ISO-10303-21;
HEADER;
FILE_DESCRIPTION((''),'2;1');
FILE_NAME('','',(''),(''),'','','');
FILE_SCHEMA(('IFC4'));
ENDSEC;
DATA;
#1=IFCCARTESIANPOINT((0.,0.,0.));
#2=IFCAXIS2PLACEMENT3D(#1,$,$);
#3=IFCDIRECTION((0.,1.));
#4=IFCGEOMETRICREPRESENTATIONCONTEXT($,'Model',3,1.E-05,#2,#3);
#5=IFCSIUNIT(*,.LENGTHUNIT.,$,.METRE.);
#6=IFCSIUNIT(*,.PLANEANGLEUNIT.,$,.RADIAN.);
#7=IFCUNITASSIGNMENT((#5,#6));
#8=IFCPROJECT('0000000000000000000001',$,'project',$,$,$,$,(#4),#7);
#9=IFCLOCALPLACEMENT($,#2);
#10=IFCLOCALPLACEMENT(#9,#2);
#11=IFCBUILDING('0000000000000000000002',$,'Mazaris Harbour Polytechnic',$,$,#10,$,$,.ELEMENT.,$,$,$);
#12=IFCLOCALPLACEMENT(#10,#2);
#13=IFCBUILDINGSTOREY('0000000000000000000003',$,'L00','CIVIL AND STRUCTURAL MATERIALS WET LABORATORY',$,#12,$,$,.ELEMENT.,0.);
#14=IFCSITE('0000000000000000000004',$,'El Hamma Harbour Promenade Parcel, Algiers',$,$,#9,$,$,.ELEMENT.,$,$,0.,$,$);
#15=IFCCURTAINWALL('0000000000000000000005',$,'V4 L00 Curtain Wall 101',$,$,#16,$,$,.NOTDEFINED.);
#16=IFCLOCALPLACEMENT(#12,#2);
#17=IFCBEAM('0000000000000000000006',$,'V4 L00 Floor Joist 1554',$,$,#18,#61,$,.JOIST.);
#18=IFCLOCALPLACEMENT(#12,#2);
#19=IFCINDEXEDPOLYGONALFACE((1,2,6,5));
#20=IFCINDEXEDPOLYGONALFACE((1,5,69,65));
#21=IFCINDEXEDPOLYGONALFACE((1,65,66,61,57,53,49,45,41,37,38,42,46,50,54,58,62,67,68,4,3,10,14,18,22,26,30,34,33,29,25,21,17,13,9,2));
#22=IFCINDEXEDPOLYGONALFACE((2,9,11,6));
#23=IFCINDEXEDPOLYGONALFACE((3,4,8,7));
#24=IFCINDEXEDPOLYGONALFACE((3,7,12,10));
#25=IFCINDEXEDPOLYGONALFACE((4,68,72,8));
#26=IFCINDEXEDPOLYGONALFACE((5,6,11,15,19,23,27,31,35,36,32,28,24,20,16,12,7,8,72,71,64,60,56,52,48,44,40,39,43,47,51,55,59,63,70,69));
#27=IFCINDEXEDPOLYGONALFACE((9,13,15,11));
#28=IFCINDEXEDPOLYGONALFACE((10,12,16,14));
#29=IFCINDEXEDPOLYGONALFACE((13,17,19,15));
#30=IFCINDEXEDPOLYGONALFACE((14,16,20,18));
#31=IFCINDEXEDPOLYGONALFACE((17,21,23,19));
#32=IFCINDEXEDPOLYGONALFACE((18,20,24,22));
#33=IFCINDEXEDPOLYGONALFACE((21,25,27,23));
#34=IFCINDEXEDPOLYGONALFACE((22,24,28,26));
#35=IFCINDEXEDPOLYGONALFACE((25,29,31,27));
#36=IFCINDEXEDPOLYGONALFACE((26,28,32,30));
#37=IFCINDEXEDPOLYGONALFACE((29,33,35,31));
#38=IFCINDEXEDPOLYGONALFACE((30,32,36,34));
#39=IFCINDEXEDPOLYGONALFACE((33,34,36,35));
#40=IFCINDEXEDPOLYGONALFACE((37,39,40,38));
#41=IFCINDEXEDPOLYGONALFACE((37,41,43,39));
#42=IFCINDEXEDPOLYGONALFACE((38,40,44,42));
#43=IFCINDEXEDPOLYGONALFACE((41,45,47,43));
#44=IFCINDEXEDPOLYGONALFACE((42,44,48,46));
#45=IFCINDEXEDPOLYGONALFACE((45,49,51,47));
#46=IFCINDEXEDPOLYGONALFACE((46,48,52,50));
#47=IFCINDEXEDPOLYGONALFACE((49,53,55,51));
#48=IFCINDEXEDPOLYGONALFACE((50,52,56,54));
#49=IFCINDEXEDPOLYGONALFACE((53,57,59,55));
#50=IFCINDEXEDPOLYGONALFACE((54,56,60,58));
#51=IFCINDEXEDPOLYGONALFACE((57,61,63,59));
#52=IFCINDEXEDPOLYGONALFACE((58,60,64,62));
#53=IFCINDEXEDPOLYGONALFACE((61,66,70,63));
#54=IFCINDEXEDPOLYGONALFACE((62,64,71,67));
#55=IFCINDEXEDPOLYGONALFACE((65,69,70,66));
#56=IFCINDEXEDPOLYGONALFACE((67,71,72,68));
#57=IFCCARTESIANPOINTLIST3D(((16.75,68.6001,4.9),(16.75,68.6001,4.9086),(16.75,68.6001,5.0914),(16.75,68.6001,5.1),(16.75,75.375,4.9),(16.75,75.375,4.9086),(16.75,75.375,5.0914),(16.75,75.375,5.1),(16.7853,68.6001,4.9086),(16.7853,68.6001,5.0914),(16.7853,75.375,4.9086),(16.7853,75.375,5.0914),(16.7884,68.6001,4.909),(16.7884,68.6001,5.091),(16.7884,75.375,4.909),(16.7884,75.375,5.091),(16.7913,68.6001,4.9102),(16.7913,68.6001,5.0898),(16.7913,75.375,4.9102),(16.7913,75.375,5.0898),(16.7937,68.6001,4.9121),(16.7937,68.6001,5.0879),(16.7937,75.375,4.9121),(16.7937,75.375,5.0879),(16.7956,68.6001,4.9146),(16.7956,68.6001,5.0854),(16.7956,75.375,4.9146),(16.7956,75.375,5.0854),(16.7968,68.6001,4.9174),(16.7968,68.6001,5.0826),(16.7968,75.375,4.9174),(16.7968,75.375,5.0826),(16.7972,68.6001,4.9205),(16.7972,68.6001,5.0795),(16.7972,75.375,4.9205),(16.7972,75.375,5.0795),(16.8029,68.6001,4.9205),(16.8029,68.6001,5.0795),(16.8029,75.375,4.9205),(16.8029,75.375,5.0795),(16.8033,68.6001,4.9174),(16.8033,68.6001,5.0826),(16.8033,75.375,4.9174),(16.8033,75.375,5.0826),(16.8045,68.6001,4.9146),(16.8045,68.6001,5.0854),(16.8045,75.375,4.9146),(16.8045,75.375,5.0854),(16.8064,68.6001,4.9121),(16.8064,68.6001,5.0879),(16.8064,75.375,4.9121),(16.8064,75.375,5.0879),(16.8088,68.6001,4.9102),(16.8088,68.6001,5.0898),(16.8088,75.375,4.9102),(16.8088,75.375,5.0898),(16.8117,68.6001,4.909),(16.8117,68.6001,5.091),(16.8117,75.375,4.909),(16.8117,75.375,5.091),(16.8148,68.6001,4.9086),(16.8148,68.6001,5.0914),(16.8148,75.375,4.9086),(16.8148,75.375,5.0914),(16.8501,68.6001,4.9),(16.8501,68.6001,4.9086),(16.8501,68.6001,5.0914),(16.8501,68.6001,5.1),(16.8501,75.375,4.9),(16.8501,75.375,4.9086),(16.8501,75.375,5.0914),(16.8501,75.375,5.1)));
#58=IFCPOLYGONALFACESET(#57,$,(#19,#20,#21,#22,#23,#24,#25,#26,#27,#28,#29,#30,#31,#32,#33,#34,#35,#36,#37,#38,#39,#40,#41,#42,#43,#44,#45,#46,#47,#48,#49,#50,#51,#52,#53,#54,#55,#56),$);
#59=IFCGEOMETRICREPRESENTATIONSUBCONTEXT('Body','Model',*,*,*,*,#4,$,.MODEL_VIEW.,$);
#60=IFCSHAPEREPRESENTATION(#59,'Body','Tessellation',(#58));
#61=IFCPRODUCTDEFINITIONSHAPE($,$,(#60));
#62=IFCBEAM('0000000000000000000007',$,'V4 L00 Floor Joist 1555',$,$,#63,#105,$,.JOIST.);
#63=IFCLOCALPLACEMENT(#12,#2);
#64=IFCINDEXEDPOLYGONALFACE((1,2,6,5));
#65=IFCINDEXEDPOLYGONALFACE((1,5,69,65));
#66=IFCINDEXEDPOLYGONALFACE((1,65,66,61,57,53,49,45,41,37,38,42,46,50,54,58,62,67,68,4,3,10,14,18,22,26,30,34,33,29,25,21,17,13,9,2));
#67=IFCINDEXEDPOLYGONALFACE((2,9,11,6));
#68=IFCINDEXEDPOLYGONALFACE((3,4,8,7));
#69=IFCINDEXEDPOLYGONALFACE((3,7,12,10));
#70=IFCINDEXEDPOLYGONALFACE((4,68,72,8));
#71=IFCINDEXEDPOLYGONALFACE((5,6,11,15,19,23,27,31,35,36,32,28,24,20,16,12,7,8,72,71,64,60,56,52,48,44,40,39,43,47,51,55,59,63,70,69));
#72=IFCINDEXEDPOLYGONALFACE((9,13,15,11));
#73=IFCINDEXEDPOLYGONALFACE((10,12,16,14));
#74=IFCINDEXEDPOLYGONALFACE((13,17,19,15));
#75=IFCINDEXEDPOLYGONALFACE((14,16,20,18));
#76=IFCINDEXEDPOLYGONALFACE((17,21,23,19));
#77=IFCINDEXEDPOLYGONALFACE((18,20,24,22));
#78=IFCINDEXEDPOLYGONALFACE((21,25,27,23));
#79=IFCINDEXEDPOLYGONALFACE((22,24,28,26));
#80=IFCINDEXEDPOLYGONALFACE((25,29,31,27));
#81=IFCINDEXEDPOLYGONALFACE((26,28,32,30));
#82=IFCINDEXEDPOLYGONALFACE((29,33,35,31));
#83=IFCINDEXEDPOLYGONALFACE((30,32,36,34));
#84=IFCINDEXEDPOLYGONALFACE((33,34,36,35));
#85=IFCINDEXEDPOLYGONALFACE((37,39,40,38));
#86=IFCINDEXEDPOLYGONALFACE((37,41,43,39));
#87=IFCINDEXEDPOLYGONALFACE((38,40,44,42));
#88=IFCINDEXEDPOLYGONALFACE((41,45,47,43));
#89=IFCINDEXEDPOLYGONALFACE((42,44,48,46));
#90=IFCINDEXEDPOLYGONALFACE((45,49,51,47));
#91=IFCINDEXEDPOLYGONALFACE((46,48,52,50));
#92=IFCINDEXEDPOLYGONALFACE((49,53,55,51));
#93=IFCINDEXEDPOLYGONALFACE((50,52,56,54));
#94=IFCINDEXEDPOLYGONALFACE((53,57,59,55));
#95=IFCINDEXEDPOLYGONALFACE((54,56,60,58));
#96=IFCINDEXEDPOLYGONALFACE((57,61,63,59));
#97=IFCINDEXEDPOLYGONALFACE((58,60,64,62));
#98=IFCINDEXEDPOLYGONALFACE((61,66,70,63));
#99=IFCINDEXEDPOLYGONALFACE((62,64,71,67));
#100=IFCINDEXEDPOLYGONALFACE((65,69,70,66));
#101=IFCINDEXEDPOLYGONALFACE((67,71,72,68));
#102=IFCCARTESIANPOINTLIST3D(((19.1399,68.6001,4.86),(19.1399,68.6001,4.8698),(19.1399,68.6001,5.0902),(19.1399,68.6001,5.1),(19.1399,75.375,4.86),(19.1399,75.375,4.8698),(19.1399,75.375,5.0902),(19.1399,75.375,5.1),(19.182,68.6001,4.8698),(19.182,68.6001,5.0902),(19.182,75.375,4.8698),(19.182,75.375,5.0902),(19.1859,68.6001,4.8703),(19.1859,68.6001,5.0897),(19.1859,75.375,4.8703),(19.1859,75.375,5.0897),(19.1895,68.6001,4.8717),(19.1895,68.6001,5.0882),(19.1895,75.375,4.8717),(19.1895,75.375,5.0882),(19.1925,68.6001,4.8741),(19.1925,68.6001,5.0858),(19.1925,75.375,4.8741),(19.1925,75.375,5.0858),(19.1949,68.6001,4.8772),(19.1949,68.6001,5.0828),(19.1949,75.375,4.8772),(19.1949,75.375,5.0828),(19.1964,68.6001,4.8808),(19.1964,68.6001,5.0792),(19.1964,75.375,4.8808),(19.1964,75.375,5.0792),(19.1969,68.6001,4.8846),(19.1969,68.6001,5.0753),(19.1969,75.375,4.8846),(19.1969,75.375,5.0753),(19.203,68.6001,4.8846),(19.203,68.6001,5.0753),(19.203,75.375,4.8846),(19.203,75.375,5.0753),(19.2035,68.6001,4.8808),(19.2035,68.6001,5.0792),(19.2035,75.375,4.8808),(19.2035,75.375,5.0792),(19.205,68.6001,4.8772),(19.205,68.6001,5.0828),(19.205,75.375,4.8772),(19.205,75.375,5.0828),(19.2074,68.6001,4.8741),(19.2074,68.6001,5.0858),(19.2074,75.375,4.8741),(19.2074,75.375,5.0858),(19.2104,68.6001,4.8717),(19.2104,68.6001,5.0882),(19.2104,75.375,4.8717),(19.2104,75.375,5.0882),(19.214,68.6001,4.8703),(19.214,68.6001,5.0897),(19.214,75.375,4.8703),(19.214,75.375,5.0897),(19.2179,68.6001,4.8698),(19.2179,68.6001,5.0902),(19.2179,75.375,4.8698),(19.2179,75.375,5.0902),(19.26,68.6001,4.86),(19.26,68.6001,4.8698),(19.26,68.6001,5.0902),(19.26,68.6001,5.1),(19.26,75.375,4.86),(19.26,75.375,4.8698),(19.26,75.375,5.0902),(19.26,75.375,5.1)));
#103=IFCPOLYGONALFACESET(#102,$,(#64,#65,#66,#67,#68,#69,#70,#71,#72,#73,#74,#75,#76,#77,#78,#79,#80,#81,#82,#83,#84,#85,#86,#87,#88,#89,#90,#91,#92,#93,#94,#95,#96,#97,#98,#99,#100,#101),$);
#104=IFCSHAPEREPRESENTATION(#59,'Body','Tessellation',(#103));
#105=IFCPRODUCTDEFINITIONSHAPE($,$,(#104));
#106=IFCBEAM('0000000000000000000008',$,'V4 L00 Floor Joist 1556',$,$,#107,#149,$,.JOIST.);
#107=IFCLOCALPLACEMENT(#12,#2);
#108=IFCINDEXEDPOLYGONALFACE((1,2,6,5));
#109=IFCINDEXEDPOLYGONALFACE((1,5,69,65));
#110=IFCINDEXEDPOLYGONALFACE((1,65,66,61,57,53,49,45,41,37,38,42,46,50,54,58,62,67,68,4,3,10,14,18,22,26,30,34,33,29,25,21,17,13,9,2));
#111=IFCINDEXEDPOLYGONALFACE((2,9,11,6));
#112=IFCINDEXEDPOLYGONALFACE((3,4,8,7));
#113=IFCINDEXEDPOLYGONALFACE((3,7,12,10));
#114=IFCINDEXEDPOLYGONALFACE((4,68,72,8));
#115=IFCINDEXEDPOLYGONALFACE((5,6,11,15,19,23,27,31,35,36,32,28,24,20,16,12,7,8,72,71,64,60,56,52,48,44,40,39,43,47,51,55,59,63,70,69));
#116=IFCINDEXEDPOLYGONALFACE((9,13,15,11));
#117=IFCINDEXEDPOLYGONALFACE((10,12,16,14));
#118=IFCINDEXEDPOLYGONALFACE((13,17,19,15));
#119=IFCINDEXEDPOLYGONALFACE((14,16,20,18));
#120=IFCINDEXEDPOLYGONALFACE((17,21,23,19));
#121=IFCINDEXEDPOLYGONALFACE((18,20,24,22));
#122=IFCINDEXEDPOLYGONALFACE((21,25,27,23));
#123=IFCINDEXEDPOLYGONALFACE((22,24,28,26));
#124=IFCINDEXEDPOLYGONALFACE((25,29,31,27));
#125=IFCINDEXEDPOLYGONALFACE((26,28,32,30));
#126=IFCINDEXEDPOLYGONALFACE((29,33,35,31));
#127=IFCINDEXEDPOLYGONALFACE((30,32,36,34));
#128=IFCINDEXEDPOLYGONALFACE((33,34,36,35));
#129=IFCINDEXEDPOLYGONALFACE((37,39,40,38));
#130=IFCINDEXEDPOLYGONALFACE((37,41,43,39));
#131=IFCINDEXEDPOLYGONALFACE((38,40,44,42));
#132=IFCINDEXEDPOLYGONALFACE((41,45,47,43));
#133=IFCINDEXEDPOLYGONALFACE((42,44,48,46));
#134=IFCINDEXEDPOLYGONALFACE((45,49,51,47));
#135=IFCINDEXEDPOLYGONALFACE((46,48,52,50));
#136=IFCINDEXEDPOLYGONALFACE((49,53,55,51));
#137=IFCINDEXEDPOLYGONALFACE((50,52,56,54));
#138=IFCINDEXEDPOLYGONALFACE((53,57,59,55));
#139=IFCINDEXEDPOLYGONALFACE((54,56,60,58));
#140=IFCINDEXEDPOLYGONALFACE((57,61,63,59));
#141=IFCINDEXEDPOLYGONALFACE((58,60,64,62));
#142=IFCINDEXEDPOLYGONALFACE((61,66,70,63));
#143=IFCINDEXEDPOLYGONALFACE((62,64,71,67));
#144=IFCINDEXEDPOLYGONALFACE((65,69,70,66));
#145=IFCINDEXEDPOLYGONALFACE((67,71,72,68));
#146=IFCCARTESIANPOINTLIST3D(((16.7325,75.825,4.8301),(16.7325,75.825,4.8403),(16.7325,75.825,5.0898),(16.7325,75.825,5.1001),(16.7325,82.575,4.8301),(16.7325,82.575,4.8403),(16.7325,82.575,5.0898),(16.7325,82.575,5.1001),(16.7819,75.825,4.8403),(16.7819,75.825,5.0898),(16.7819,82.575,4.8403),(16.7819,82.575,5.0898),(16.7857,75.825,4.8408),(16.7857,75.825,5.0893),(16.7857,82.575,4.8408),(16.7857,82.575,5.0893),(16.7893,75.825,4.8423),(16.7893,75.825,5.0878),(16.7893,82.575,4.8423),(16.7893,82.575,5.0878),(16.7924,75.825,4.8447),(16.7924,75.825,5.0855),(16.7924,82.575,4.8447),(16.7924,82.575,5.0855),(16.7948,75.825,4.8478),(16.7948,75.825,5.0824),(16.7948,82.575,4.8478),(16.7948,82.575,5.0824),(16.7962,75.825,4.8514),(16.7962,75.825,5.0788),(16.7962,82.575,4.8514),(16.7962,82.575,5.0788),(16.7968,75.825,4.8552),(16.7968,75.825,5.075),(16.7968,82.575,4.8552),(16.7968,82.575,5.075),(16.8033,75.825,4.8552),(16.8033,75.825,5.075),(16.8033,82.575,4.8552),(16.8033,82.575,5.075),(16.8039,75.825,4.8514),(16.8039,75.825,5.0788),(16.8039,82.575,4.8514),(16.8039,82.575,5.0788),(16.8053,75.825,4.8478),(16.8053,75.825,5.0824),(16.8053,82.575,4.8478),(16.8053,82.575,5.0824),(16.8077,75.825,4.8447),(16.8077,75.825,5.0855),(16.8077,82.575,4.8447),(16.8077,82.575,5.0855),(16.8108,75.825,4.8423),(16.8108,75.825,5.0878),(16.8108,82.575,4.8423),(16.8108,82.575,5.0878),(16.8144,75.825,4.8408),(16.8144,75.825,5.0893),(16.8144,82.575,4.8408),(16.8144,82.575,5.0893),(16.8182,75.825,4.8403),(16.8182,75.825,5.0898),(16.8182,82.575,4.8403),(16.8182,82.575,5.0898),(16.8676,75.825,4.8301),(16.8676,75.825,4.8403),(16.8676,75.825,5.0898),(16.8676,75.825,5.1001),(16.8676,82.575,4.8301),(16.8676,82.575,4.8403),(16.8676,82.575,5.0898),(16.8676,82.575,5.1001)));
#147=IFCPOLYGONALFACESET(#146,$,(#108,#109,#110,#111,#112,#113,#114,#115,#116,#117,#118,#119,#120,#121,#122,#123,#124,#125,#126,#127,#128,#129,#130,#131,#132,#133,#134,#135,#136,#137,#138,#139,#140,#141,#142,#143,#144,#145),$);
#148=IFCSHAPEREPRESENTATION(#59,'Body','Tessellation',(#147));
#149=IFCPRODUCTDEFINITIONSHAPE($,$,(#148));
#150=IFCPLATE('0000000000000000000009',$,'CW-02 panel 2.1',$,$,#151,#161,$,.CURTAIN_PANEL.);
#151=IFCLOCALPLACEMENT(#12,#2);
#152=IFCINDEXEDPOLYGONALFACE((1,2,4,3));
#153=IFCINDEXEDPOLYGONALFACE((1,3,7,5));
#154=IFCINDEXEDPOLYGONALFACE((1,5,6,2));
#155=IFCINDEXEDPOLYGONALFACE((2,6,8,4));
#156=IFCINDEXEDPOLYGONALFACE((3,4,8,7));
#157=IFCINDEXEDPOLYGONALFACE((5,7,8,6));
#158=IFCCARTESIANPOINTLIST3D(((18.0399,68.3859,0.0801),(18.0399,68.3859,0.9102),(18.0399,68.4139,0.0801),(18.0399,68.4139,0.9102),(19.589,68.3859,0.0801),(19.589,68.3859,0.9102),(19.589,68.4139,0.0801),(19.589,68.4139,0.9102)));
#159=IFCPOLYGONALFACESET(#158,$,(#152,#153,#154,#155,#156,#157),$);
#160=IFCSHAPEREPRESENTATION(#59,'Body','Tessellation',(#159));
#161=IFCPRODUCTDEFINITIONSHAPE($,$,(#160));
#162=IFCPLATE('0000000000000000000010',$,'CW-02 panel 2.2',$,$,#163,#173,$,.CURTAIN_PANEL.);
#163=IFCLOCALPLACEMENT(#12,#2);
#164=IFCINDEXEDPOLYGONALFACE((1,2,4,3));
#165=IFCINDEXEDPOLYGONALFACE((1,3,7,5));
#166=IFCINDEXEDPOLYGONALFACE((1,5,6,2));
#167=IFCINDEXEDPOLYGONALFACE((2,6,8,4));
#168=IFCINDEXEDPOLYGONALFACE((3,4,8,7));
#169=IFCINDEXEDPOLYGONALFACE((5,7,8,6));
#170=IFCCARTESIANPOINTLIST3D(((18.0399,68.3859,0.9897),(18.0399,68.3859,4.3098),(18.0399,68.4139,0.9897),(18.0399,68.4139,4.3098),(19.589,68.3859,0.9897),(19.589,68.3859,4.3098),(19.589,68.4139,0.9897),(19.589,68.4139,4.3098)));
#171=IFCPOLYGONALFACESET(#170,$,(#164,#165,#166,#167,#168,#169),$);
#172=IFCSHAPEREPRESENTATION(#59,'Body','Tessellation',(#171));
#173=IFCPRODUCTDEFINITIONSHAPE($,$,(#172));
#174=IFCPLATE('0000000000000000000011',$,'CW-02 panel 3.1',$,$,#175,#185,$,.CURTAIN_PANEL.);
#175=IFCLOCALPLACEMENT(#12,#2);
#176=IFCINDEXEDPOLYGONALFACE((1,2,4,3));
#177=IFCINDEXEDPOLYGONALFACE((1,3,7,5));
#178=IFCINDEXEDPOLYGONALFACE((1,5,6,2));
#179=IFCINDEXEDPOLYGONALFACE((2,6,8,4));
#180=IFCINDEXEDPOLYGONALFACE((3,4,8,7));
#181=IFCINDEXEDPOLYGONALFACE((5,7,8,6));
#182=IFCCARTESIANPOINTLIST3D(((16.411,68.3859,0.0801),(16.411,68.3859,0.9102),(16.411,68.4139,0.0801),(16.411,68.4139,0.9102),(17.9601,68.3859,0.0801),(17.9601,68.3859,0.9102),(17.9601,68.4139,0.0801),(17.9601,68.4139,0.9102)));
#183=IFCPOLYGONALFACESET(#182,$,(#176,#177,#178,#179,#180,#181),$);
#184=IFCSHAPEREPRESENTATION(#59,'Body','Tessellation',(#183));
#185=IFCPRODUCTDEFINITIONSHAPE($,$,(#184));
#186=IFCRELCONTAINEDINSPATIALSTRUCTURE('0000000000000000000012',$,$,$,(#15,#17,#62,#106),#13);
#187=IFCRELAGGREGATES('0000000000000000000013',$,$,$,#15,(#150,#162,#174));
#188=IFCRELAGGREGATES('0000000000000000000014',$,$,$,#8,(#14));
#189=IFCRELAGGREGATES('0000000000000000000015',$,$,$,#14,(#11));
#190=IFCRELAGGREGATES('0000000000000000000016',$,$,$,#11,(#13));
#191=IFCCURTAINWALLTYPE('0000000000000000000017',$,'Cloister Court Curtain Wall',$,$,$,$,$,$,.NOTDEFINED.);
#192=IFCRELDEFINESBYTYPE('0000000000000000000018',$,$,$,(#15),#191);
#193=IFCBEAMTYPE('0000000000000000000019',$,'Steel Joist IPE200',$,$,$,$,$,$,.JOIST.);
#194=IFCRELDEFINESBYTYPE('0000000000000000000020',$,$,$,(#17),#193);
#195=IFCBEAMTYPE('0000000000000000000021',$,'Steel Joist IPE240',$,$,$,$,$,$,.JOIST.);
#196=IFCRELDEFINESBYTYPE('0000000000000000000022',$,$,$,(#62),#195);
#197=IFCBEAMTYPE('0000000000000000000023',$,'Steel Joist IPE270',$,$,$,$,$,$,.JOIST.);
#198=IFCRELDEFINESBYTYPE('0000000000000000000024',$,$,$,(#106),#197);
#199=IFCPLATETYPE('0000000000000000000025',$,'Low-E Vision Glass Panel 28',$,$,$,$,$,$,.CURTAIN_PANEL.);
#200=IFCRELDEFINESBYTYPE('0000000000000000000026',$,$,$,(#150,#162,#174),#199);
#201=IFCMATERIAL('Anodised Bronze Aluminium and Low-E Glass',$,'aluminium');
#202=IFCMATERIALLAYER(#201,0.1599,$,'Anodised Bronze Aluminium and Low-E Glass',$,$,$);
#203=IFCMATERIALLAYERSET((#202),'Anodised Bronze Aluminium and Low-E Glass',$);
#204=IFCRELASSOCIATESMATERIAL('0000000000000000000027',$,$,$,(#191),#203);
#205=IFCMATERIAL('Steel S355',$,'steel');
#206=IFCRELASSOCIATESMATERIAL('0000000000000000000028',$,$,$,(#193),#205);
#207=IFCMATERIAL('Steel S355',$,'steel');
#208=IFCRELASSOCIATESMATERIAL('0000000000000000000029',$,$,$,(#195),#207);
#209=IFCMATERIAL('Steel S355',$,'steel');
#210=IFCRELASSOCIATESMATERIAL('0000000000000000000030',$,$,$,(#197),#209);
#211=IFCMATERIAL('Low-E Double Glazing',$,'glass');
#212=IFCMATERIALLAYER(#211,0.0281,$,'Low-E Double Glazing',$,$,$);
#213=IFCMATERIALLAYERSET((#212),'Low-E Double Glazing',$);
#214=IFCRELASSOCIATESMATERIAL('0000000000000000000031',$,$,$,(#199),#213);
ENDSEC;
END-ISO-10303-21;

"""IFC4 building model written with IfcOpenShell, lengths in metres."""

from ifc_helpers import new_model, si_unit, direction, frame, origin, origin_2d, place, context, subcontext, project, spatial, rectangle, i_section, extrude, material, layer, layer_set, material_profile, profile_set, type_object, element, aggregate, save


model = new_model("IFC4")

# Units and contexts
model_context = context("Model", 3, precision=1e-05, world=origin(), true_north=direction((0.0, 1.0)))
body_context = subcontext(model_context, "Body", "Model", "MODEL_VIEW")
ifc_project = project(units=[si_unit("LENGTHUNIT", "METRE"), si_unit("PLANEANGLEUNIT", "RADIAN")], contexts=[model_context])

# Site, building, storey
site_placement = place(None, origin())
site = spatial("IfcSite", under=ifc_project, at=site_placement, Name="El Hamma Harbour Promenade Parcel, Algiers", CompositionType="ELEMENT", RefElevation=0.0)
building_placement = place(site_placement, origin())
building = spatial("IfcBuilding", under=site, at=building_placement, Name="Mazaris Harbour Polytechnic", CompositionType="ELEMENT")
storey_placement = place(building_placement, origin())
storey = spatial("IfcBuildingStorey", under=building, at=storey_placement, Name="L00", Description="CIVIL AND STRUCTURAL MATERIALS WET LABORATORY", CompositionType="ELEMENT", Elevation=0.0)

# Curtain wall
ifc_material_1 = material(Name="Anodised Bronze Aluminium and Low-E Glass", Category="aluminium")
ifc_layer_1 = layer(ifc_material_1, 0.1599, Name="Anodised Bronze Aluminium and Low-E Glass")
ifc_layer_set_1 = layer_set([ifc_layer_1], Name="Anodised Bronze Aluminium and Low-E Glass")
curtain_wall_type = type_object("IfcCurtainWallType", Name="Cloister Court Curtain Wall", PredefinedType="NOTDEFINED", material=ifc_layer_set_1)
curtain_wall_1_placement = place(storey_placement, origin())
curtain_wall_1 = element("IfcCurtainWall", 1, at=curtain_wall_1_placement, inside=storey, type_object=curtain_wall_type, Name="V4 L00 Curtain Wall 101", PredefinedType="NOTDEFINED")

# Beams
ifc_material_2 = material(Name="Steel S355", Category="steel")
ifc_material_profile_1 = material_profile(ifc_material_2, i_section(OverallWidth=0.1001, OverallDepth=0.2, WebThickness=0.0056, FlangeThickness=0.0085, FilletRadius=0.012, at=origin_2d()), Name="IPE 200")
ifc_profile_set_1 = profile_set([ifc_material_profile_1], Name="Steel S355")
beam_type_1 = type_object("IfcBeamType", Name="Steel Joist IPE200", PredefinedType="JOIST", material=ifc_profile_set_1)
beam_1_placement = place(storey_placement, frame((16.8, 68.6001, 5.0), z_axis=(0.0, 1.0, 0.0), x_axis=(-1.0, 0.0, 0.0)))
element("IfcBeam", 2, at=beam_1_placement, inside=storey, type_object=beam_type_1, Name="V4 L00 Floor Joist 1554", PredefinedType="JOIST", context=body_context, shape_type="SweptSolid", body=[
    extrude(i_section(OverallWidth=0.1001, OverallDepth=0.2, WebThickness=0.0056, FlangeThickness=0.0085, FilletRadius=0.012, at=origin_2d()), origin(), (0.0, 0.0, 1.0), 6.7749),
])
ifc_material_3 = material(Name="Steel S355", Category="steel")
ifc_material_profile_2 = material_profile(ifc_material_3, i_section(OverallWidth=0.1201, OverallDepth=0.24, WebThickness=0.0061, FlangeThickness=0.0098, FilletRadius=0.0149, at=origin_2d()), Name="IPE 240")
ifc_profile_set_2 = profile_set([ifc_material_profile_2], Name="Steel S355")
beam_type_2 = type_object("IfcBeamType", Name="Steel Joist IPE240", PredefinedType="JOIST", material=ifc_profile_set_2)
beam_2_placement = place(storey_placement, frame((19.2, 68.6001, 4.98), z_axis=(0.0, 1.0, 0.0), x_axis=(-1.0, 0.0, 0.0)))
element("IfcBeam", 3, at=beam_2_placement, inside=storey, type_object=beam_type_2, Name="V4 L00 Floor Joist 1555", PredefinedType="JOIST", context=body_context, shape_type="SweptSolid", body=[
    extrude(i_section(OverallWidth=0.1201, OverallDepth=0.24, WebThickness=0.0061, FlangeThickness=0.0098, FilletRadius=0.0149, at=origin_2d()), origin(), (0.0, 0.0, 1.0), 6.7749),
])
ifc_material_4 = material(Name="Steel S355", Category="steel")
ifc_material_profile_3 = material_profile(ifc_material_4, i_section(OverallWidth=0.135, OverallDepth=0.27, WebThickness=0.0066, FlangeThickness=0.0103, FilletRadius=0.0149, at=origin_2d()), Name="IPE 270")
ifc_profile_set_3 = profile_set([ifc_material_profile_3], Name="Steel S355")
beam_type_3 = type_object("IfcBeamType", Name="Steel Joist IPE270", PredefinedType="JOIST", material=ifc_profile_set_3)
beam_3_placement = place(storey_placement, frame((16.8, 75.825, 4.9651), z_axis=(0.0, 1.0, 0.0), x_axis=(-1.0, 0.0, 0.0)))
element("IfcBeam", 4, at=beam_3_placement, inside=storey, type_object=beam_type_3, Name="V4 L00 Floor Joist 1556", PredefinedType="JOIST", context=body_context, shape_type="SweptSolid", body=[
    extrude(i_section(OverallWidth=0.135, OverallDepth=0.27, WebThickness=0.0066, FlangeThickness=0.0103, FilletRadius=0.0149, at=origin_2d()), origin(), (0.0, 0.0, 1.0), 6.75),
])

# Plates
ifc_material_5 = material(Name="Low-E Double Glazing", Category="glass")
ifc_layer_2 = layer(ifc_material_5, 0.0281, Name="Low-E Double Glazing")
ifc_layer_set_2 = layer_set([ifc_layer_2], Name="Low-E Double Glazing")
plate_type = type_object("IfcPlateType", Name="Low-E Vision Glass Panel 28", PredefinedType="CURTAIN_PANEL", material=ifc_layer_set_2)
plate_1_placement = place(storey_placement, frame((18.8145, 68.3999, 0.0801), z_axis=(0.0, 0.0, 1.0), x_axis=(-1.0, 0.0, 0.0)))
plate_1 = element("IfcPlate", 5, at=plate_1_placement, type_object=plate_type, Name="CW-02 panel 2.1", PredefinedType="CURTAIN_PANEL", context=body_context, shape_type="SweptSolid", body=[
    extrude(rectangle(XDim=1.5491, YDim=0.0281, at=origin_2d()), origin(), (0.0, 0.0, 1.0), 0.8301),
])
plate_2_placement = place(storey_placement, frame((18.8145, 68.3999, 0.9897), z_axis=(0.0, 0.0, 1.0), x_axis=(-1.0, 0.0, 0.0)))
plate_2 = element("IfcPlate", 6, at=plate_2_placement, type_object=plate_type, Name="CW-02 panel 2.2", PredefinedType="CURTAIN_PANEL", context=body_context, shape_type="SweptSolid", body=[
    extrude(rectangle(XDim=1.5491, YDim=0.0281, at=origin_2d()), origin(), (0.0, 0.0, 1.0), 3.3201),
])
plate_3_placement = place(storey_placement, frame((17.1855, 68.3999, 0.0801), z_axis=(0.0, 0.0, 1.0), x_axis=(-1.0, 0.0, 0.0)))
plate_3 = element("IfcPlate", 7, at=plate_3_placement, type_object=plate_type, Name="CW-02 panel 3.1", PredefinedType="CURTAIN_PANEL", context=body_context, shape_type="SweptSolid", body=[
    extrude(rectangle(XDim=1.5491, YDim=0.0281, at=origin_2d()), origin(), (0.0, 0.0, 1.0), 0.8301),
])
aggregate(curtain_wall_1, [plate_1, plate_2, plate_3])

save(model, "model.ifc")
